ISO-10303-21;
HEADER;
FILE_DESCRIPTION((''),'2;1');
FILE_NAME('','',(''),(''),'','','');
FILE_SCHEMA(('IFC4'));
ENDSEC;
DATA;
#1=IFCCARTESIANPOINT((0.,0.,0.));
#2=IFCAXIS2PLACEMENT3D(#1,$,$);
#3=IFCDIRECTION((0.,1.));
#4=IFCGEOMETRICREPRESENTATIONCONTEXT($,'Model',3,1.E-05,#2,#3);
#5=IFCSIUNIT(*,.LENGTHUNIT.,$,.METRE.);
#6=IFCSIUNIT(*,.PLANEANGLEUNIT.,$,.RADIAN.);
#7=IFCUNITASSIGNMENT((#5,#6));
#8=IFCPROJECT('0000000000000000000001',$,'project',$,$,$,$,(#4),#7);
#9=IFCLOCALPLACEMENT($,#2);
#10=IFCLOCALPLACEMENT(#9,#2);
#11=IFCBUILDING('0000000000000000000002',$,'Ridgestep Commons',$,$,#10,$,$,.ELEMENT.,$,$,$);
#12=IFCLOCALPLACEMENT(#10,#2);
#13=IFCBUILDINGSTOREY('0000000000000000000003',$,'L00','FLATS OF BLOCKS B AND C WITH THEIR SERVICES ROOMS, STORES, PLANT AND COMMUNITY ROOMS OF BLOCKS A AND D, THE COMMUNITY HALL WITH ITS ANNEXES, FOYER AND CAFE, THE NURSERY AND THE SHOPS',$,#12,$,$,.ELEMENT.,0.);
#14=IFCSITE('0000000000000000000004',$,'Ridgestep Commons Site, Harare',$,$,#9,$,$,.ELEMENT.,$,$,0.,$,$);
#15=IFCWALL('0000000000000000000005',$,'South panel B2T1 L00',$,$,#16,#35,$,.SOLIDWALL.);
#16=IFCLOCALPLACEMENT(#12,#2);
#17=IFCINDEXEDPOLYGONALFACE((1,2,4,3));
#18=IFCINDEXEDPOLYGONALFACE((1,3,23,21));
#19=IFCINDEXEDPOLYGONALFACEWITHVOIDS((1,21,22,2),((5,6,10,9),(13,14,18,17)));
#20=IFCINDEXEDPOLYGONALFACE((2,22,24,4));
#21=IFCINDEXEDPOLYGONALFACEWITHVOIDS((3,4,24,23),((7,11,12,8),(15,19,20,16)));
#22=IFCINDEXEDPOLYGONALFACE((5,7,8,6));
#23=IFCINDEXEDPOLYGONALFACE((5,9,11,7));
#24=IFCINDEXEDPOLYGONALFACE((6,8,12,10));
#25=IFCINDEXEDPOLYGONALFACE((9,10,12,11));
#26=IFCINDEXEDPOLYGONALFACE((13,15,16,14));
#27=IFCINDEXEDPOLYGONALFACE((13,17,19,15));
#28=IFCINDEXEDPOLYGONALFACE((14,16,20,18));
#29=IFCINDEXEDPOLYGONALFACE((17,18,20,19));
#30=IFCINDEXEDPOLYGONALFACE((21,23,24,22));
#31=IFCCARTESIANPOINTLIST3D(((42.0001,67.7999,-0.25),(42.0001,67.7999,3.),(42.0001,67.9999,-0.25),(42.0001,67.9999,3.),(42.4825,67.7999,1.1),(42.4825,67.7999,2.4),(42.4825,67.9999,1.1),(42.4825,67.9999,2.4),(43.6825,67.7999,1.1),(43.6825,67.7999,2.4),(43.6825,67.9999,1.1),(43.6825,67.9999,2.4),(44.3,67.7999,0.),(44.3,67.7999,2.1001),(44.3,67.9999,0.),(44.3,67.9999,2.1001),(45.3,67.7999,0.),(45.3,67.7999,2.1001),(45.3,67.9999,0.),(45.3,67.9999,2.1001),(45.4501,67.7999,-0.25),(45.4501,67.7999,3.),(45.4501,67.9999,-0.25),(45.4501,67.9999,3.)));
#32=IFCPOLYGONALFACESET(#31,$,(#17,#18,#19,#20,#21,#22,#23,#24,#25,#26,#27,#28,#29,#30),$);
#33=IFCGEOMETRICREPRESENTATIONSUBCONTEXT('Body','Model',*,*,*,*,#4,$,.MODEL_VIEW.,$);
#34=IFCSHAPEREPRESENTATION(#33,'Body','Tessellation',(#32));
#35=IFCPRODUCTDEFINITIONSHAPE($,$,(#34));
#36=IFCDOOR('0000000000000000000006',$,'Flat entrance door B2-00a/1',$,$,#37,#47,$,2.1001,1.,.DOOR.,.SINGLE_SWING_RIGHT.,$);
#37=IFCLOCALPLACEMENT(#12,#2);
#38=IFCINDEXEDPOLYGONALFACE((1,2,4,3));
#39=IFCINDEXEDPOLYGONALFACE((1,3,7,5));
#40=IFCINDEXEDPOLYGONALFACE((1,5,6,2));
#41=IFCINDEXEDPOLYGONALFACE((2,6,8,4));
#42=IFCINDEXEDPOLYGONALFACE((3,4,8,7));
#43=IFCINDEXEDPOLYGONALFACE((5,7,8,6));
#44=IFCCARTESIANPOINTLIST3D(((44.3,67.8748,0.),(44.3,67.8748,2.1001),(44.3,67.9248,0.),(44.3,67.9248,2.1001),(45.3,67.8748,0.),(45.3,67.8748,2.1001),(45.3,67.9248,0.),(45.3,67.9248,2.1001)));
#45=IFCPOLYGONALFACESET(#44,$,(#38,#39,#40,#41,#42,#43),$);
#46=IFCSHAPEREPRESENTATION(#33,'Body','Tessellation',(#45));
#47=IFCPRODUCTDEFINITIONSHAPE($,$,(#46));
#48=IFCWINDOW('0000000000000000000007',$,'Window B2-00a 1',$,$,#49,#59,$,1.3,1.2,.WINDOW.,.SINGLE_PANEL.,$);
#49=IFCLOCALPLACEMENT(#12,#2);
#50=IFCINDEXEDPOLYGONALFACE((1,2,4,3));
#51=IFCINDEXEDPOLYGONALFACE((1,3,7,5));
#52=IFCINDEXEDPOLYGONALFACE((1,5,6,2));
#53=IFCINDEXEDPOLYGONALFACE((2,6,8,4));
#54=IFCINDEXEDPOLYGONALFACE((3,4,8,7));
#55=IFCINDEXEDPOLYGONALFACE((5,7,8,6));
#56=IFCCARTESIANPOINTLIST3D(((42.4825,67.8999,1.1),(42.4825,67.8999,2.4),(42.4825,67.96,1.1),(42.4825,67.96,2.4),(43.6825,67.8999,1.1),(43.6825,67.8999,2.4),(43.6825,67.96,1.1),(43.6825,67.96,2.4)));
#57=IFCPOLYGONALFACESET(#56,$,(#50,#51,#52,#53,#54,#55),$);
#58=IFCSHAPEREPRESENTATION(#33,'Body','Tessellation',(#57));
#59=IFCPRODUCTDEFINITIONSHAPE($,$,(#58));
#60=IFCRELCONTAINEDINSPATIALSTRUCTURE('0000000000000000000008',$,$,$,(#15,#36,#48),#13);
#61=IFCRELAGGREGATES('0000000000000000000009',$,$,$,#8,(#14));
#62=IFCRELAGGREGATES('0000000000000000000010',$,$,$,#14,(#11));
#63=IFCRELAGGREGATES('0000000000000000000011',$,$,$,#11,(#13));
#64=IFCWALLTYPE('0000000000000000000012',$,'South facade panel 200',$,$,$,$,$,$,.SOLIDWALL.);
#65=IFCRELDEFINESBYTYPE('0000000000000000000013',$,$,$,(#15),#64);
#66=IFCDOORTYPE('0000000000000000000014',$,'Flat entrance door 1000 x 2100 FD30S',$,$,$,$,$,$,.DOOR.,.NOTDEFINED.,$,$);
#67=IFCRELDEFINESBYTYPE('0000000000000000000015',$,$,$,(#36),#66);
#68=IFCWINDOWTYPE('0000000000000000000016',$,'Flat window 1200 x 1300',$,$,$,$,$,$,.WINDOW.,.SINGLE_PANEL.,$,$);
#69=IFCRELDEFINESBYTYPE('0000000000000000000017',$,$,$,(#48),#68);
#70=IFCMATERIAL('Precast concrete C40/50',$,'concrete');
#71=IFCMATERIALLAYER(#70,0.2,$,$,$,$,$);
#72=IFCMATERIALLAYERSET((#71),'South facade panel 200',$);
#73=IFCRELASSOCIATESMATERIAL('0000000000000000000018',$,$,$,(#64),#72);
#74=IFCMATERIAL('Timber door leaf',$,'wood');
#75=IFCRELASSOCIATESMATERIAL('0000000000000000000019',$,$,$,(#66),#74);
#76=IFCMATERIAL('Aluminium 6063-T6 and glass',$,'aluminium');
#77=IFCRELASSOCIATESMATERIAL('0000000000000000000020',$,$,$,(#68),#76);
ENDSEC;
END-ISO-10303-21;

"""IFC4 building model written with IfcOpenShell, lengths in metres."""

from ifc_helpers import new_model, si_unit, direction, frame, frame_2d, origin, place, context, subcontext, project, spatial, rectangle, extrude, material, layer, layer_set, type_object, element, fill, save


model = new_model("IFC4")

# Units and contexts
model_context = context("Model", 3, precision=1e-05, world=origin(), true_north=direction((0.0, 1.0)))
body_context = subcontext(model_context, "Body", "Model", "MODEL_VIEW")
ifc_project = project(units=[si_unit("LENGTHUNIT", "METRE"), si_unit("PLANEANGLEUNIT", "RADIAN")], contexts=[model_context])

# Site, building, storey
site_placement = place(None, origin())
site = spatial("IfcSite", under=ifc_project, at=site_placement, Name="Ridgestep Commons Site, Harare", CompositionType="ELEMENT", RefElevation=0.0)
building_placement = place(site_placement, origin())
building = spatial("IfcBuilding", under=site, at=building_placement, Name="Ridgestep Commons", CompositionType="ELEMENT")
storey_placement = place(building_placement, origin())
storey = spatial("IfcBuildingStorey", under=building, at=storey_placement, Name="L00", Description="FLATS OF BLOCKS B AND C WITH THEIR SERVICES ROOMS, STORES, PLANT AND COMMUNITY ROOMS OF BLOCKS A AND D, THE COMMUNITY HALL WITH ITS ANNEXES, FOYER AND CAFE, THE NURSERY AND THE SHOPS", CompositionType="ELEMENT", Elevation=0.0)

# Wall, openings, door, window
ifc_material_1 = material(Name="Precast concrete C40/50", Category="concrete")
ifc_layer_1 = layer(ifc_material_1, 0.2)
ifc_layer_set_1 = layer_set([ifc_layer_1], Name="South facade panel 200")
wall_type_1 = type_object("IfcWallType", Name="South facade panel 200", PredefinedType="SOLIDWALL", material=ifc_layer_set_1)
ifc_material_2 = material(Name="Timber door leaf", Category="wood")
door_type_1 = type_object("IfcDoorType", Name="Flat entrance door 1000 x 2100 FD30S", OperationType="NOTDEFINED", PredefinedType="DOOR", material=ifc_material_2)
ifc_material_3 = material(Name="Aluminium 6063-T6 and glass", Category="aluminium")
window_type = type_object("IfcWindowType", Name="Flat window 1200 x 1300", PartitioningType="SINGLE_PANEL", PredefinedType="WINDOW", material=ifc_material_3)
wall_1_placement = place(storey_placement, frame((42.0, 67.8999, -0.25), z_axis=(0.0, 0.0, 1.0), x_axis=(1.0, 0.0, 0.0)))
wall_1 = element("IfcWall", 1, at=wall_1_placement, inside=storey, type_object=wall_type_1, Name="South panel B2T1 L00", PredefinedType="SOLIDWALL", context=body_context, shape_type="SweptSolid", body=[
    extrude(rectangle(XDim=3.45, YDim=0.2, at=frame_2d((1.7251, 0.0))), origin(), (0.0, 0.0, 1.0), 3.25),
])
opening_1_placement = place(wall_1_placement, frame((0.4824, 0.0, 1.3501)))
opening_1 = element("IfcOpeningElement", 2, at=opening_1_placement, cuts=wall_1, PredefinedType="OPENING", context=body_context, shape_type="SweptSolid", body=[
    extrude(rectangle(XDim=1.2, YDim=1.3, at=frame_2d((0.6001, 0.6499))), frame((0.0, 0.1099, 0.0), z_axis=(0.0, -1.0, 0.0), x_axis=(1.0, 0.0, 0.0)), (0.0, 0.0, 1.0), 0.22),
])
opening_2_placement = place(wall_1_placement, frame((2.3, 0.0, 0.25)))
opening_2 = element("IfcOpeningElement", 3, at=opening_2_placement, cuts=wall_1, PredefinedType="OPENING", context=body_context, shape_type="SweptSolid", body=[
    extrude(rectangle(XDim=1.0, YDim=2.1001, at=frame_2d((0.5, 1.05))), frame((0.0, 0.1099, 0.0), z_axis=(0.0, -1.0, 0.0), x_axis=(1.0, 0.0, 0.0)), (0.0, 0.0, 1.0), 0.22),
])
door_1_placement = place(opening_2_placement, origin())
door_1 = element("IfcDoor", 4, at=door_1_placement, inside=storey, type_object=door_type_1, Name="Flat entrance door B2-00a/1", OperationType="SINGLE_SWING_RIGHT", OverallHeight=2.1001, OverallWidth=1.0, PredefinedType="DOOR", context=body_context, shape_type="SweptSolid", body=[
    extrude(rectangle(XDim=1.0, YDim=2.1001, at=frame_2d((0.5, 1.05))), frame((0.0, 0.0249, 0.0), z_axis=(0.0, -1.0, 0.0), x_axis=(1.0, 0.0, 0.0)), (0.0, 0.0, 1.0), 0.05),
])
fill(opening_2, door_1)
window_1_placement = place(opening_1_placement, origin())
window_1 = element("IfcWindow", 5, at=window_1_placement, inside=storey, type_object=window_type, Name="Window B2-00a 1", OverallHeight=1.3, OverallWidth=1.2, PartitioningType="SINGLE_PANEL", PredefinedType="WINDOW", context=body_context, shape_type="SweptSolid", body=[
    extrude(rectangle(XDim=1.2, YDim=1.3, at=frame_2d((0.6001, 0.6499))), frame((0.0, 0.0601, 0.0), z_axis=(0.0, -1.0, 0.0), x_axis=(1.0, 0.0, 0.0)), (0.0, 0.0, 1.0), 0.0601),
])
fill(opening_1, window_1)

save(model, "model.ifc")
